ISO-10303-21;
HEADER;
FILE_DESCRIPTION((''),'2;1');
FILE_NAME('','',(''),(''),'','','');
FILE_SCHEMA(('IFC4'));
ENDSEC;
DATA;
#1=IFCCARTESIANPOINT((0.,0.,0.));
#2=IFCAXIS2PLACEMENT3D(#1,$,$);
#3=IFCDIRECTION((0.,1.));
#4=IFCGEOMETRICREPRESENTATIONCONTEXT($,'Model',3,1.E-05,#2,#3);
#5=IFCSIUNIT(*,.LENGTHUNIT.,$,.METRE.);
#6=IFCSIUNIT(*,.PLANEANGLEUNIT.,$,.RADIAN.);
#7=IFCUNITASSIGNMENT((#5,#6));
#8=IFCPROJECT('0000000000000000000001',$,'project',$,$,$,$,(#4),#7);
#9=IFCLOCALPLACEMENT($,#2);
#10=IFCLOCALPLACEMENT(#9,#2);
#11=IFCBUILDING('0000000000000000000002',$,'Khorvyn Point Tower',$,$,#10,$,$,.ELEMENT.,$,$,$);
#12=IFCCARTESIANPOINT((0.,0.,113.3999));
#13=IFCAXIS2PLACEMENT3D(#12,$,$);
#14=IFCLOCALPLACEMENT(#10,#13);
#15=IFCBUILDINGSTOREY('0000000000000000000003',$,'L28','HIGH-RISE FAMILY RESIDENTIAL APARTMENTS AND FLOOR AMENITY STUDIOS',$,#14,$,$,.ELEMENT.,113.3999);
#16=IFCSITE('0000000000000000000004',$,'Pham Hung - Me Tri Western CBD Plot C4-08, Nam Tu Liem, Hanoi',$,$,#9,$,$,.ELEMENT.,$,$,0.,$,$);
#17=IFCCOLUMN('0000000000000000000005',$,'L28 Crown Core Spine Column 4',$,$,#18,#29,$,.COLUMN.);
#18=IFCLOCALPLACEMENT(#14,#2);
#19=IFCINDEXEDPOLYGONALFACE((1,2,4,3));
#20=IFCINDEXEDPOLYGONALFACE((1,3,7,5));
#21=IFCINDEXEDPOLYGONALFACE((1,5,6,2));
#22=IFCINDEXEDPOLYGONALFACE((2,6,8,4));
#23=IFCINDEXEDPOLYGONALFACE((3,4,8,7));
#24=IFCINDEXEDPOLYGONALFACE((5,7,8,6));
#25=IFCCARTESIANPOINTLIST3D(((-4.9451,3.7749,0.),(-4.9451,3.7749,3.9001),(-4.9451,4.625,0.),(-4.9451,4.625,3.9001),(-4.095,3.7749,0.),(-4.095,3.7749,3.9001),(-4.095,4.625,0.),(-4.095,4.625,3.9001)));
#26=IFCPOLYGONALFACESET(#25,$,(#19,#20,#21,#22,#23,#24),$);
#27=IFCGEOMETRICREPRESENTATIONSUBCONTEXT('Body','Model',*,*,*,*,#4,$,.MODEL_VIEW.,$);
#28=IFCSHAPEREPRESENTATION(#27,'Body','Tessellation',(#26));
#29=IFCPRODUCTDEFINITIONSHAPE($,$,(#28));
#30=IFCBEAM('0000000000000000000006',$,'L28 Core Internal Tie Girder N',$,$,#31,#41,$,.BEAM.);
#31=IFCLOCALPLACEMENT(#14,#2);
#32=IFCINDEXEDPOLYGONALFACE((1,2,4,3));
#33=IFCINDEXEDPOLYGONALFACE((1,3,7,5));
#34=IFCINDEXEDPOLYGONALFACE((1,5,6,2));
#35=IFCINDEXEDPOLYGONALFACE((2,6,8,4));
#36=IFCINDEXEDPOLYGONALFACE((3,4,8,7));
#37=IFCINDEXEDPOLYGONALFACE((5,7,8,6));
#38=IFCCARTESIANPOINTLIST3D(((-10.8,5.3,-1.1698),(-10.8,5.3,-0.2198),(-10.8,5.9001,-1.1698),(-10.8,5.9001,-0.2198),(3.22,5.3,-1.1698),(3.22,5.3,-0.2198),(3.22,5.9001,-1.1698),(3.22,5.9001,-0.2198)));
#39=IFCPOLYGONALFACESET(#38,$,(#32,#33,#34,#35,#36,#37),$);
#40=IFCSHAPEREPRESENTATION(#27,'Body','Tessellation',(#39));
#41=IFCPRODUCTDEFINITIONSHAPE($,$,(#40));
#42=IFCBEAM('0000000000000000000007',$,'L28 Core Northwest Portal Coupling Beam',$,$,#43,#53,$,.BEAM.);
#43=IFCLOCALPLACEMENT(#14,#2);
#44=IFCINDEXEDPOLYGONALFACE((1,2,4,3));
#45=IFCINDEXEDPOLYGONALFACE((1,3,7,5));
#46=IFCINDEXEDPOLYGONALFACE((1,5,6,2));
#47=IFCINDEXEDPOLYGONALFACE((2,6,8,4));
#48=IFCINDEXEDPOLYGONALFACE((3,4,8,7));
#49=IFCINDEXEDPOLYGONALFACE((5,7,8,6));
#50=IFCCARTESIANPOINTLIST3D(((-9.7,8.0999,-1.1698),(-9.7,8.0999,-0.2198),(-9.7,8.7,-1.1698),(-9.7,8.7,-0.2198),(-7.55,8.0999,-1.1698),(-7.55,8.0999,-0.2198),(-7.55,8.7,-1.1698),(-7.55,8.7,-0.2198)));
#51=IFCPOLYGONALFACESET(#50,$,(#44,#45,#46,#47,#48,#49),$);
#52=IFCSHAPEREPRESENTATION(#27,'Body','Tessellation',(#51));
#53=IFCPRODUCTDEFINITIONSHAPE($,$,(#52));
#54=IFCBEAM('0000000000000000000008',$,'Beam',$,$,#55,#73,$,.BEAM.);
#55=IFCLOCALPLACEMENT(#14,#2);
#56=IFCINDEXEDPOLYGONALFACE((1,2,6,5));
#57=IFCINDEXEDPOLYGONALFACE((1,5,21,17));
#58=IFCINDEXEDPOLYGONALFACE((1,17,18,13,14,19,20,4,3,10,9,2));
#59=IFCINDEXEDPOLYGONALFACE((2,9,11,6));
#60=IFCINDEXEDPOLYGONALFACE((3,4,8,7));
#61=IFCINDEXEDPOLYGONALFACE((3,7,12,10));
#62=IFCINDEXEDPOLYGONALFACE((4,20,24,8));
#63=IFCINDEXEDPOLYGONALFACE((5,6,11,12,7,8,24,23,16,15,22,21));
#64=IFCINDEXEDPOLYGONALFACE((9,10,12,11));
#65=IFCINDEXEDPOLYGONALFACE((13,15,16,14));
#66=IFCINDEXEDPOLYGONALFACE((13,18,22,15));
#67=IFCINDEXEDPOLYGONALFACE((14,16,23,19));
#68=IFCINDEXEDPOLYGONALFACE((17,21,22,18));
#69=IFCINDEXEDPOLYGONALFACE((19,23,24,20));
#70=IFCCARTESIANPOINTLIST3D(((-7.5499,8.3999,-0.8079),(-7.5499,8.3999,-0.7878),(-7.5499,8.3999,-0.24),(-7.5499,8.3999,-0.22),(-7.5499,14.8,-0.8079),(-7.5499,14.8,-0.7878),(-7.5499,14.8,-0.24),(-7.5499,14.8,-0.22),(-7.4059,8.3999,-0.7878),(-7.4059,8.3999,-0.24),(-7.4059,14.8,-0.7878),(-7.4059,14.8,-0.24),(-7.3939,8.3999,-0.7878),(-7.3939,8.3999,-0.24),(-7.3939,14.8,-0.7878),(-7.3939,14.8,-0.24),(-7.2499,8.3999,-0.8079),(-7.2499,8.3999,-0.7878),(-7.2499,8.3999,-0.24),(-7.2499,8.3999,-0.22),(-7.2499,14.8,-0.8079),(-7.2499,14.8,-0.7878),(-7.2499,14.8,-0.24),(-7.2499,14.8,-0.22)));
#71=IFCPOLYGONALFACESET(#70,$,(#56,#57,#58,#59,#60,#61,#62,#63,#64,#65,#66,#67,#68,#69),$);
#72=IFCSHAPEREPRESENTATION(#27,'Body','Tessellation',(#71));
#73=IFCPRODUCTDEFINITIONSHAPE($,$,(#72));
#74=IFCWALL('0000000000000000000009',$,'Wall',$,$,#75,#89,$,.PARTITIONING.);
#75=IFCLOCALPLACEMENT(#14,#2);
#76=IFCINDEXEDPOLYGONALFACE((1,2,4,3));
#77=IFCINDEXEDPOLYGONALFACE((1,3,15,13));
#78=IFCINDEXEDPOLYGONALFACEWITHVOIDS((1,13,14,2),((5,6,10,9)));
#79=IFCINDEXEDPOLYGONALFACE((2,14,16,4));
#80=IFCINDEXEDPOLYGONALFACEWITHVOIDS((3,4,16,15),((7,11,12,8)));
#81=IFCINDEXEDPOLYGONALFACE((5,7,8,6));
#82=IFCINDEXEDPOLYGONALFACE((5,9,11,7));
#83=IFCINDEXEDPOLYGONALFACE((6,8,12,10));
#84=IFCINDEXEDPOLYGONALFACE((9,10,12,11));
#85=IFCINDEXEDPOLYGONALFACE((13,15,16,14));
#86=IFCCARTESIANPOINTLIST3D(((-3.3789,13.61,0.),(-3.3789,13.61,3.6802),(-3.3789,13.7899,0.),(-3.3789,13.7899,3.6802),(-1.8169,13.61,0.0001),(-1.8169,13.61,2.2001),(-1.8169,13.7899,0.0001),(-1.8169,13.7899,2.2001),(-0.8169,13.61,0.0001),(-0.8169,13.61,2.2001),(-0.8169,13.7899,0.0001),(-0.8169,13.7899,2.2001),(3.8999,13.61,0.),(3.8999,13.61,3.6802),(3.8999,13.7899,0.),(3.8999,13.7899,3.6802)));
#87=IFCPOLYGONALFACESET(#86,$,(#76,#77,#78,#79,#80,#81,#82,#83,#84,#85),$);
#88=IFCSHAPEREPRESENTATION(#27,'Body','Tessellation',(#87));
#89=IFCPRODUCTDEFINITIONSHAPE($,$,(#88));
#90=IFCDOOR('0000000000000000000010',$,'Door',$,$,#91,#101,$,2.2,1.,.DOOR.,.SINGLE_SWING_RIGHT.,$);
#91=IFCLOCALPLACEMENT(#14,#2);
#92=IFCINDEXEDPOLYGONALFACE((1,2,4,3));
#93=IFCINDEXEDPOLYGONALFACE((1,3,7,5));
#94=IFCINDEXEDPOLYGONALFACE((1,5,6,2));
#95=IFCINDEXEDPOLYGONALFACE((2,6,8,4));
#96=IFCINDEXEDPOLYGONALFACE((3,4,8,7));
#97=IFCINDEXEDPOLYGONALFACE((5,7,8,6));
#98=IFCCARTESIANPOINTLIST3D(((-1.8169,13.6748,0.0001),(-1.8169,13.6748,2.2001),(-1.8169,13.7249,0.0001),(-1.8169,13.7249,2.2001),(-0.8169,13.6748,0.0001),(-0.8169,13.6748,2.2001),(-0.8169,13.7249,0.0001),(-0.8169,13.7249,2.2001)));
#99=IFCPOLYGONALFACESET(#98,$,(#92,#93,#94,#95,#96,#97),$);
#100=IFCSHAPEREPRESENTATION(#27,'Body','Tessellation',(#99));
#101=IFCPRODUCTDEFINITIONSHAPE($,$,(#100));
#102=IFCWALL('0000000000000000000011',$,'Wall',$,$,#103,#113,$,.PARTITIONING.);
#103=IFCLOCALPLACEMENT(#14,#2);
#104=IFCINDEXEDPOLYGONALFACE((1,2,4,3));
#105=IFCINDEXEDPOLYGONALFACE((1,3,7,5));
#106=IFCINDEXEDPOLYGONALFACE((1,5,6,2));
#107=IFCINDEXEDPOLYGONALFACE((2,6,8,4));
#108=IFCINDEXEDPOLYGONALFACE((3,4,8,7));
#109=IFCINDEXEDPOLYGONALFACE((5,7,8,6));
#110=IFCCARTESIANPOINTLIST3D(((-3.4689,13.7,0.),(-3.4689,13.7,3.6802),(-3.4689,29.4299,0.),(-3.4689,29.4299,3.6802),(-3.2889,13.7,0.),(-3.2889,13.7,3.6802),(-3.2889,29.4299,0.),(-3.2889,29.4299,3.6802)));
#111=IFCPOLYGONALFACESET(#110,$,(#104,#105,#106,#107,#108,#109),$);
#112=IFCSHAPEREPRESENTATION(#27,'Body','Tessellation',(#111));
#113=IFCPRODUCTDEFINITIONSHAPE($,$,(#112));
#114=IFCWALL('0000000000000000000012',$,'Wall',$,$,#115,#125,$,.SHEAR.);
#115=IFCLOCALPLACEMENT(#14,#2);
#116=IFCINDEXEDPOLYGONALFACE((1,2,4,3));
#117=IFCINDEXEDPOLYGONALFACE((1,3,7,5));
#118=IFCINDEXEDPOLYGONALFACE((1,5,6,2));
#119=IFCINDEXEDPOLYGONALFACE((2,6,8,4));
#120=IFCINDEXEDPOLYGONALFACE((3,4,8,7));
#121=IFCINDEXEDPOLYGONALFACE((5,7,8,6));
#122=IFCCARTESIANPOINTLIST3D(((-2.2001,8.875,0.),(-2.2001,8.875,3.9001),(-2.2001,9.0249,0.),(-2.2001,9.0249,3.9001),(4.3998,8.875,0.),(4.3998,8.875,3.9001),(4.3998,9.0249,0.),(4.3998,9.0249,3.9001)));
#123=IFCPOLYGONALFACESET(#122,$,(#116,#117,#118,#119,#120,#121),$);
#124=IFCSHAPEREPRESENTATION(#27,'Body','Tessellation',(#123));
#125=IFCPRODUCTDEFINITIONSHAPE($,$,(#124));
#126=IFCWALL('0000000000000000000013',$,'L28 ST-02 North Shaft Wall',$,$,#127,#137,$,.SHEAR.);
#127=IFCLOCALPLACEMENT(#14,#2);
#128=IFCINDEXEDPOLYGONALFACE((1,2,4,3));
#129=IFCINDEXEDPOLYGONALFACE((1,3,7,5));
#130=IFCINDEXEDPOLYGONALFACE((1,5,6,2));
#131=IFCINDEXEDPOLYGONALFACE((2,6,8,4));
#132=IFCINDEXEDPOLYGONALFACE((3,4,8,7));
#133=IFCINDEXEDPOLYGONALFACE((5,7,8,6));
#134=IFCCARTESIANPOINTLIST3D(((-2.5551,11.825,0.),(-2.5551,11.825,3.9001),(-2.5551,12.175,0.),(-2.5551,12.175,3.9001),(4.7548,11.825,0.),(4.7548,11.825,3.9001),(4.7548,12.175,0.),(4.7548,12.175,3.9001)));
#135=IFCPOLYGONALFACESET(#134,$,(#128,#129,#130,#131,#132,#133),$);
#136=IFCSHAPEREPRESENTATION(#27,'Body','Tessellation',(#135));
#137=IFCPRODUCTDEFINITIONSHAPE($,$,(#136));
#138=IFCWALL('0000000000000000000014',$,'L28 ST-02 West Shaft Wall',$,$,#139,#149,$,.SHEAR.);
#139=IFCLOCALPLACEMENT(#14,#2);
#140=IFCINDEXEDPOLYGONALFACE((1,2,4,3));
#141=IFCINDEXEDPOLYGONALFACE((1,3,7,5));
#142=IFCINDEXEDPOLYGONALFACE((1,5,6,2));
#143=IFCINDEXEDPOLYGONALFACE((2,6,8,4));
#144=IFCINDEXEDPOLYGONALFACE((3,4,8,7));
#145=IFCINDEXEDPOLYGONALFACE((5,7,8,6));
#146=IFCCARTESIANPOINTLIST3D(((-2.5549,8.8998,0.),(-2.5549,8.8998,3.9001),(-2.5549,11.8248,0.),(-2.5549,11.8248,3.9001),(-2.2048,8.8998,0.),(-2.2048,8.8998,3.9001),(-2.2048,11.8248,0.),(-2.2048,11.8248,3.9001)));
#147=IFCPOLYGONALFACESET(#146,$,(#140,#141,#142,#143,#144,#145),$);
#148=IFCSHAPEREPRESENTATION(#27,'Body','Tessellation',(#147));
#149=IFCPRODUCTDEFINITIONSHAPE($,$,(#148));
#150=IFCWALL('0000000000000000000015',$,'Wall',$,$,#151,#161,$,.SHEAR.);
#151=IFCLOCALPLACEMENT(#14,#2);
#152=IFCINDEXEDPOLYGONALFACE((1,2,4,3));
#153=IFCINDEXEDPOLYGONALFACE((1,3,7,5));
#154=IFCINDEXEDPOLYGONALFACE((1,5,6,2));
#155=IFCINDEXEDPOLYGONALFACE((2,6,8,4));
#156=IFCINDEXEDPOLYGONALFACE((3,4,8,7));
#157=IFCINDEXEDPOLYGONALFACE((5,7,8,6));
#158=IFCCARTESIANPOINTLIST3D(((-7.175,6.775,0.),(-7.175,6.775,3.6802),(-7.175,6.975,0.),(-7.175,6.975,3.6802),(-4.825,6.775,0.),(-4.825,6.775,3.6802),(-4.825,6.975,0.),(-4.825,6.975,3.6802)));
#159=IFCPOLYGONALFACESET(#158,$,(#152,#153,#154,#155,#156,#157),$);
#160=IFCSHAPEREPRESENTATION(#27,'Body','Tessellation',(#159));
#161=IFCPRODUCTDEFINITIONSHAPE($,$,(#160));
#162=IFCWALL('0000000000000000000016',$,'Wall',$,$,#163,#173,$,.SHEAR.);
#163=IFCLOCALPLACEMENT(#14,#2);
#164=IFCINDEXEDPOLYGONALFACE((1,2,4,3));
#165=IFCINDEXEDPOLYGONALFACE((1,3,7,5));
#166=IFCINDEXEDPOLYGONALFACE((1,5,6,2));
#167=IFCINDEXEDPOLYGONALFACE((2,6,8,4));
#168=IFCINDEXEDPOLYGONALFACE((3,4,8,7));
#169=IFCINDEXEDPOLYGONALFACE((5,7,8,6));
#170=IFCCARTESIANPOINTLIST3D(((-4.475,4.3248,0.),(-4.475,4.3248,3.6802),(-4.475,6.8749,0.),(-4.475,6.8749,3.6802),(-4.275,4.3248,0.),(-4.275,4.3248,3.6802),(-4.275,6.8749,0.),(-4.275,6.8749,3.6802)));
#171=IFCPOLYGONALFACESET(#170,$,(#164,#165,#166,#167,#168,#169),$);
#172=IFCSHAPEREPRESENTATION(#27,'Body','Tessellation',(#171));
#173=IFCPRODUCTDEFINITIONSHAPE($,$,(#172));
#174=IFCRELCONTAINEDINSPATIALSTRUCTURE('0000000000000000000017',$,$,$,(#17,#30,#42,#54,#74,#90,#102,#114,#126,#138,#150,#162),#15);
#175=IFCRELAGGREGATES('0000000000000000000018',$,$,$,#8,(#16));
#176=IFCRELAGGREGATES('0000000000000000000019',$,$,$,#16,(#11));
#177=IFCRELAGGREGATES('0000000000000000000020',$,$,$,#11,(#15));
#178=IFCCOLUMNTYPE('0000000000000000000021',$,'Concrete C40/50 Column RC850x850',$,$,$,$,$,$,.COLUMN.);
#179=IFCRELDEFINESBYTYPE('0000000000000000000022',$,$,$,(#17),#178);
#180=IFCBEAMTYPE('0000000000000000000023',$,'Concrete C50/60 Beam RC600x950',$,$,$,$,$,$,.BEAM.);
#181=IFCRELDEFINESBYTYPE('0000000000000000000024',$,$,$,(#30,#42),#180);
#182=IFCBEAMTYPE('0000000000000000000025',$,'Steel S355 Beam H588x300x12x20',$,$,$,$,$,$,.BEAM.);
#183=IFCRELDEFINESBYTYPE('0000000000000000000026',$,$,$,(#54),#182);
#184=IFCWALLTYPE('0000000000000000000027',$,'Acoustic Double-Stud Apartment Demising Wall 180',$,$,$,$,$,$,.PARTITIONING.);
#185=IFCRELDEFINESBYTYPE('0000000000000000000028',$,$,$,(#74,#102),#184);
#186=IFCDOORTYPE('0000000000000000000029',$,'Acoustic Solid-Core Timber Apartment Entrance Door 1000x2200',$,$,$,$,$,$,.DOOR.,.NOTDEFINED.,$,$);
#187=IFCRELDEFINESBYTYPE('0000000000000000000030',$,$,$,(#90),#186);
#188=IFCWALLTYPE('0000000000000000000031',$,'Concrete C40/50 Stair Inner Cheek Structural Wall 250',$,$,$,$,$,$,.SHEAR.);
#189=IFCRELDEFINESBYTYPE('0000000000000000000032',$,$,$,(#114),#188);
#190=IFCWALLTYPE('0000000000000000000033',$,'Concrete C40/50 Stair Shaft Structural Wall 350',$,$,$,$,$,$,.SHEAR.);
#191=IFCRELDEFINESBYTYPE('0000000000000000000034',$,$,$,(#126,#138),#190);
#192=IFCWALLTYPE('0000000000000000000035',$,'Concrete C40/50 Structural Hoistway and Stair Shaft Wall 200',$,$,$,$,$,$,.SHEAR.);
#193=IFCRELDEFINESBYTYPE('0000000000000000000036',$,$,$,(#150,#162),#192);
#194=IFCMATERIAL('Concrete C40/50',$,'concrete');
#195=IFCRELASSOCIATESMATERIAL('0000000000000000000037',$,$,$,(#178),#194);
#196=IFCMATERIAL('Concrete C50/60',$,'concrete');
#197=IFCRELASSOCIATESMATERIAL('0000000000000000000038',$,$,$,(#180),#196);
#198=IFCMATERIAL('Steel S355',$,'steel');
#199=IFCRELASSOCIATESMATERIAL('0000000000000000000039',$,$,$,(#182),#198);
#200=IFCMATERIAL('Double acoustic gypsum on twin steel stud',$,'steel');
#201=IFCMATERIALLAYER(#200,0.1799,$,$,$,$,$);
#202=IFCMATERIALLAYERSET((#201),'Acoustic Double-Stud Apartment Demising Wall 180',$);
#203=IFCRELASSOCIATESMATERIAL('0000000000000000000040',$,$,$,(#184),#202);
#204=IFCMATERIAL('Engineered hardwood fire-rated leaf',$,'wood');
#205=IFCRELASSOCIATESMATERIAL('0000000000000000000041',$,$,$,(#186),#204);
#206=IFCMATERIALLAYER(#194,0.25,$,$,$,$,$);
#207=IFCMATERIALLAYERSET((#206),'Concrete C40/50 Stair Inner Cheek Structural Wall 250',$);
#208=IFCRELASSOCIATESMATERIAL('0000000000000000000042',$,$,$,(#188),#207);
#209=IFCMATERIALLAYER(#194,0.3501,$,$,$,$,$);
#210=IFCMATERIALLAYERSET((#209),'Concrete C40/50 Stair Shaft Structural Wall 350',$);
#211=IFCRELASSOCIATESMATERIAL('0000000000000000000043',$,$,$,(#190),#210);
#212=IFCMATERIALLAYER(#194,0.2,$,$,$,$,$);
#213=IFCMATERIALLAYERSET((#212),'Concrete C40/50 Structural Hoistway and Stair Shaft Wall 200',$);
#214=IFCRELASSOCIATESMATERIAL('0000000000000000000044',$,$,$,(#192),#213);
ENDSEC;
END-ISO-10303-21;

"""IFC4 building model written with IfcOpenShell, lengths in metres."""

from ifc_helpers import new_model, si_unit, direction, frame, frame_2d, origin, origin_2d, place, context, subcontext, project, spatial, rectangle, i_section, extrude, material, layer, layer_set, material_profile, profile_set, type_object, element, fill, save


model = new_model("IFC4")

# Units and contexts
model_context = context("Model", 3, precision=1e-05, world=origin(), true_north=direction((0.0, 1.0)))
body_context = subcontext(model_context, "Body", "Model", "MODEL_VIEW")
ifc_project = project(units=[si_unit("LENGTHUNIT", "METRE"), si_unit("PLANEANGLEUNIT", "RADIAN")], contexts=[model_context])

# Site, building, storey
site_placement = place(None, origin())
site = spatial("IfcSite", under=ifc_project, at=site_placement, Name="Pham Hung - Me Tri Western CBD Plot C4-08, Nam Tu Liem, Hanoi", CompositionType="ELEMENT", RefElevation=0.0)
building_placement = place(site_placement, origin())
building = spatial("IfcBuilding", under=site, at=building_placement, Name="Khorvyn Point Tower", CompositionType="ELEMENT")
storey_placement = place(building_placement, frame((0.0, 0.0, 113.3999)))
storey = spatial("IfcBuildingStorey", under=building, at=storey_placement, Name="L28", Description="HIGH-RISE FAMILY RESIDENTIAL APARTMENTS AND FLOOR AMENITY STUDIOS", CompositionType="ELEMENT", Elevation=113.3999)

# Column
ifc_material_1 = material(Name="Concrete C40/50", Category="concrete")
ifc_material_profile_1 = material_profile(ifc_material_1, rectangle(XDim=0.8501, YDim=0.8501, at=origin_2d()))
ifc_profile_set_1 = profile_set([ifc_material_profile_1], Name="Concrete C40/50 RC850x850")
column_type = type_object("IfcColumnType", Name="Concrete C40/50 Column RC850x850", PredefinedType="COLUMN", material=ifc_profile_set_1)
column_placement = place(storey_placement, frame((-4.52, 4.2, 0.0), z_axis=(0.0, 0.0, 1.0), x_axis=(1.0, 0.0, 0.0)))
element("IfcColumn", 1, at=column_placement, inside=storey, type_object=column_type, Name="L28 Crown Core Spine Column 4", PredefinedType="COLUMN", context=body_context, shape_type="SweptSolid", body=[
    extrude(rectangle(XDim=0.8501, YDim=0.8501, at=origin_2d()), origin(), (0.0, 0.0, 1.0), 3.9001),
])

# Beams
ifc_material_2 = material(Name="Concrete C50/60", Category="concrete")
ifc_material_profile_2 = material_profile(ifc_material_2, rectangle(XDim=0.6001, YDim=0.95, at=origin_2d()))
ifc_profile_set_2 = profile_set([ifc_material_profile_2], Name="Concrete C50/60 RC600x950")
beam_type_1 = type_object("IfcBeamType", Name="Concrete C50/60 Beam RC600x950", PredefinedType="BEAM", material=ifc_profile_set_2)
beam_1_placement = place(storey_placement, frame((-10.8, 5.6001, -0.6948), z_axis=(1.0, 0.0, 0.0), x_axis=(0.0, 1.0, 0.0)))
element("IfcBeam", 2, at=beam_1_placement, inside=storey, type_object=beam_type_1, Name="L28 Core Internal Tie Girder N", PredefinedType="BEAM", context=body_context, shape_type="SweptSolid", body=[
    extrude(rectangle(XDim=0.6001, YDim=0.95, at=origin_2d()), origin(), (0.0, 0.0, 1.0), 14.02),
])
beam_2_placement = place(storey_placement, frame((-9.7, 8.3999, -0.6948), z_axis=(1.0, 0.0, 0.0), x_axis=(0.0, 1.0, 0.0)))
element("IfcBeam", 3, at=beam_2_placement, inside=storey, type_object=beam_type_1, Name="L28 Core Northwest Portal Coupling Beam", PredefinedType="BEAM", context=body_context, shape_type="SweptSolid", body=[
    extrude(rectangle(XDim=0.6001, YDim=0.95, at=origin_2d()), origin(), (0.0, 0.0, 1.0), 2.1499),
])
ifc_material_3 = material(Name="Steel S355", Category="steel")
ifc_material_profile_3 = material_profile(ifc_material_3, i_section(OverallWidth=0.3, OverallDepth=0.5879, WebThickness=0.012, FlangeThickness=0.02, at=origin_2d()))
ifc_profile_set_3 = profile_set([ifc_material_profile_3], Name="Steel S355 H588x300x12x20")
beam_type_2 = type_object("IfcBeamType", Name="Steel S355 Beam H588x300x12x20", PredefinedType="BEAM", material=ifc_profile_set_3)
beam_3_placement = place(storey_placement, frame((-7.3999, 8.3999, -0.5139), z_axis=(0.0, 1.0, 0.0), x_axis=(-1.0, 0.0, 0.0)))
element("IfcBeam", 4, at=beam_3_placement, inside=storey, type_object=beam_type_2, Name="Beam", PredefinedType="BEAM", context=body_context, shape_type="SweptSolid", body=[
    extrude(i_section(OverallWidth=0.3, OverallDepth=0.5879, WebThickness=0.012, FlangeThickness=0.02, at=origin_2d()), origin(), (0.0, 0.0, 1.0), 6.4001),
])

# Wall, opening, door
ifc_material_4 = material(Name="Double acoustic gypsum on twin steel stud", Category="steel")
ifc_layer_1 = layer(ifc_material_4, 0.1799)
ifc_layer_set_1 = layer_set([ifc_layer_1], Name="Acoustic Double-Stud Apartment Demising Wall 180")
wall_type_1 = type_object("IfcWallType", Name="Acoustic Double-Stud Apartment Demising Wall 180", PredefinedType="PARTITIONING", material=ifc_layer_set_1)
wall_1_placement = place(storey_placement, frame((-3.3789, 13.7, 0.0), z_axis=(0.0, 0.0, 1.0), x_axis=(1.0, 0.0, 0.0)))
wall_1 = element("IfcWall", 5, at=wall_1_placement, inside=storey, type_object=wall_type_1, Name="Wall", PredefinedType="PARTITIONING", context=body_context, shape_type="SweptSolid", body=[
    extrude(rectangle(XDim=7.2788, YDim=0.1799, at=frame_2d((3.6394, 0.0))), origin(), (0.0, 0.0, 1.0), 3.6802),
])
opening_1_placement = place(wall_1_placement, frame((1.562, 0.0, 0.0)))
opening_1 = element("IfcOpeningElement", 6, at=opening_1_placement, cuts=wall_1, PredefinedType="OPENING", context=body_context, shape_type="SweptSolid", body=[
    extrude(rectangle(XDim=1.0, YDim=2.2, at=frame_2d((0.5, 1.1001))), frame((0.0, 0.0999, 0.0), z_axis=(0.0, -1.0, 0.0), x_axis=(1.0, 0.0, 0.0)), (0.0, 0.0, 1.0), 0.2),
])
ifc_material_5 = material(Name="Engineered hardwood fire-rated leaf", Category="wood")
door_type_1 = type_object("IfcDoorType", Name="Acoustic Solid-Core Timber Apartment Entrance Door 1000x2200", OperationType="NOTDEFINED", PredefinedType="DOOR", material=ifc_material_5)
door_1_placement = place(opening_1_placement, origin())
door_1 = element("IfcDoor", 7, at=door_1_placement, inside=storey, type_object=door_type_1, Name="Door", OperationType="SINGLE_SWING_RIGHT", OverallHeight=2.2, OverallWidth=1.0, PredefinedType="DOOR", context=body_context, shape_type="SweptSolid", body=[
    extrude(rectangle(XDim=1.0, YDim=2.2, at=frame_2d((0.5, 1.1001))), frame((0.0, 0.0249, 0.0), z_axis=(0.0, -1.0, 0.0), x_axis=(1.0, 0.0, 0.0)), (0.0, 0.0, 1.0), 0.05),
])
fill(opening_1, door_1)

# Wall
wall_2_placement = place(storey_placement, frame((-3.3789, 13.7, 0.0), z_axis=(0.0, 0.0, 1.0), x_axis=(0.0, 1.0, 0.0)))
element("IfcWall", 8, at=wall_2_placement, inside=storey, type_object=wall_type_1, Name="Wall", PredefinedType="PARTITIONING", context=body_context, shape_type="SweptSolid", body=[
    extrude(rectangle(XDim=15.73, YDim=0.1799, at=frame_2d((7.865, 0.0))), origin(), (0.0, 0.0, 1.0), 3.6802),
])

# Walls
ifc_layer_2 = layer(ifc_material_1, 0.25)
ifc_layer_set_2 = layer_set([ifc_layer_2], Name="Concrete C40/50 Stair Inner Cheek Structural Wall 250")
wall_type_2 = type_object("IfcWallType", Name="Concrete C40/50 Stair Inner Cheek Structural Wall 250", PredefinedType="SHEAR", material=ifc_layer_set_2)
wall_3_placement = place(storey_placement, frame((-2.2, 8.95, 0.0), z_axis=(0.0, 0.0, 1.0), x_axis=(1.0, 0.0, 0.0)))
element("IfcWall", 9, at=wall_3_placement, inside=storey, type_object=wall_type_2, Name="Wall", PredefinedType="SHEAR", context=body_context, shape_type="SweptSolid", body=[
    extrude(rectangle(XDim=6.5999, YDim=0.1499, at=frame_2d((3.2998, 0.0))), origin(), (0.0, 0.0, 1.0), 3.9001),
])
ifc_layer_3 = layer(ifc_material_1, 0.3501)
ifc_layer_set_3 = layer_set([ifc_layer_3], Name="Concrete C40/50 Stair Shaft Structural Wall 350")
wall_type_3 = type_object("IfcWallType", Name="Concrete C40/50 Stair Shaft Structural Wall 350", PredefinedType="SHEAR", material=ifc_layer_set_3)
wall_4_placement = place(storey_placement, frame((-2.5549, 12.0, 0.0), z_axis=(0.0, 0.0, 1.0), x_axis=(1.0, 0.0, 0.0)))
element("IfcWall", 10, at=wall_4_placement, inside=storey, type_object=wall_type_3, Name="L28 ST-02 North Shaft Wall", PredefinedType="SHEAR", context=body_context, shape_type="SweptSolid", body=[
    extrude(rectangle(XDim=7.3098, YDim=0.3501, at=frame_2d((3.6548, 0.0))), origin(), (0.0, 0.0, 1.0), 3.9001),
])
wall_5_placement = place(storey_placement, frame((-2.3799, 8.8999, 0.0), z_axis=(0.0, 0.0, 1.0), x_axis=(0.0, 1.0, 0.0)))
element("IfcWall", 11, at=wall_5_placement, inside=storey, type_object=wall_type_3, Name="L28 ST-02 West Shaft Wall", PredefinedType="SHEAR", context=body_context, shape_type="SweptSolid", body=[
    extrude(rectangle(XDim=2.925, YDim=0.3501, at=frame_2d((1.4624, 0.0))), origin(), (0.0, 0.0, 1.0), 3.9001),
])
ifc_layer_4 = layer(ifc_material_1, 0.2)
ifc_layer_set_4 = layer_set([ifc_layer_4], Name="Concrete C40/50 Structural Hoistway and Stair Shaft Wall 200")
wall_type_4 = type_object("IfcWallType", Name="Concrete C40/50 Structural Hoistway and Stair Shaft Wall 200", PredefinedType="SHEAR", material=ifc_layer_set_4)
wall_6_placement = place(storey_placement, frame((-7.175, 6.875, 0.0), z_axis=(0.0, 0.0, 1.0), x_axis=(1.0, 0.0, 0.0)))
element("IfcWall", 12, at=wall_6_placement, inside=storey, type_object=wall_type_4, Name="Wall", PredefinedType="SHEAR", context=body_context, shape_type="SweptSolid", body=[
    extrude(rectangle(XDim=2.3501, YDim=0.2, at=frame_2d((1.175, 0.0))), origin(), (0.0, 0.0, 1.0), 3.6802),
])
for number, where, z_axis, x_axis, name in (
    (13, (-4.375, 4.325, 0.0), (0.0, 0.0, 1.0), (0.0, 1.0, 0.0), "Wall"),
):
    element("IfcWall", number, at=place(storey_placement, frame(where, z_axis=z_axis, x_axis=x_axis)), inside=storey, type_object=wall_type_4, Name=name, PredefinedType="SHEAR", context=body_context, shape_type="SweptSolid", body=[
        extrude(rectangle(XDim=2.55, YDim=0.2, at=frame_2d((1.2749, 0.0))), origin(), (0.0, 0.0, 1.0), 3.6802),
    ])

save(model, "model.ifc")
